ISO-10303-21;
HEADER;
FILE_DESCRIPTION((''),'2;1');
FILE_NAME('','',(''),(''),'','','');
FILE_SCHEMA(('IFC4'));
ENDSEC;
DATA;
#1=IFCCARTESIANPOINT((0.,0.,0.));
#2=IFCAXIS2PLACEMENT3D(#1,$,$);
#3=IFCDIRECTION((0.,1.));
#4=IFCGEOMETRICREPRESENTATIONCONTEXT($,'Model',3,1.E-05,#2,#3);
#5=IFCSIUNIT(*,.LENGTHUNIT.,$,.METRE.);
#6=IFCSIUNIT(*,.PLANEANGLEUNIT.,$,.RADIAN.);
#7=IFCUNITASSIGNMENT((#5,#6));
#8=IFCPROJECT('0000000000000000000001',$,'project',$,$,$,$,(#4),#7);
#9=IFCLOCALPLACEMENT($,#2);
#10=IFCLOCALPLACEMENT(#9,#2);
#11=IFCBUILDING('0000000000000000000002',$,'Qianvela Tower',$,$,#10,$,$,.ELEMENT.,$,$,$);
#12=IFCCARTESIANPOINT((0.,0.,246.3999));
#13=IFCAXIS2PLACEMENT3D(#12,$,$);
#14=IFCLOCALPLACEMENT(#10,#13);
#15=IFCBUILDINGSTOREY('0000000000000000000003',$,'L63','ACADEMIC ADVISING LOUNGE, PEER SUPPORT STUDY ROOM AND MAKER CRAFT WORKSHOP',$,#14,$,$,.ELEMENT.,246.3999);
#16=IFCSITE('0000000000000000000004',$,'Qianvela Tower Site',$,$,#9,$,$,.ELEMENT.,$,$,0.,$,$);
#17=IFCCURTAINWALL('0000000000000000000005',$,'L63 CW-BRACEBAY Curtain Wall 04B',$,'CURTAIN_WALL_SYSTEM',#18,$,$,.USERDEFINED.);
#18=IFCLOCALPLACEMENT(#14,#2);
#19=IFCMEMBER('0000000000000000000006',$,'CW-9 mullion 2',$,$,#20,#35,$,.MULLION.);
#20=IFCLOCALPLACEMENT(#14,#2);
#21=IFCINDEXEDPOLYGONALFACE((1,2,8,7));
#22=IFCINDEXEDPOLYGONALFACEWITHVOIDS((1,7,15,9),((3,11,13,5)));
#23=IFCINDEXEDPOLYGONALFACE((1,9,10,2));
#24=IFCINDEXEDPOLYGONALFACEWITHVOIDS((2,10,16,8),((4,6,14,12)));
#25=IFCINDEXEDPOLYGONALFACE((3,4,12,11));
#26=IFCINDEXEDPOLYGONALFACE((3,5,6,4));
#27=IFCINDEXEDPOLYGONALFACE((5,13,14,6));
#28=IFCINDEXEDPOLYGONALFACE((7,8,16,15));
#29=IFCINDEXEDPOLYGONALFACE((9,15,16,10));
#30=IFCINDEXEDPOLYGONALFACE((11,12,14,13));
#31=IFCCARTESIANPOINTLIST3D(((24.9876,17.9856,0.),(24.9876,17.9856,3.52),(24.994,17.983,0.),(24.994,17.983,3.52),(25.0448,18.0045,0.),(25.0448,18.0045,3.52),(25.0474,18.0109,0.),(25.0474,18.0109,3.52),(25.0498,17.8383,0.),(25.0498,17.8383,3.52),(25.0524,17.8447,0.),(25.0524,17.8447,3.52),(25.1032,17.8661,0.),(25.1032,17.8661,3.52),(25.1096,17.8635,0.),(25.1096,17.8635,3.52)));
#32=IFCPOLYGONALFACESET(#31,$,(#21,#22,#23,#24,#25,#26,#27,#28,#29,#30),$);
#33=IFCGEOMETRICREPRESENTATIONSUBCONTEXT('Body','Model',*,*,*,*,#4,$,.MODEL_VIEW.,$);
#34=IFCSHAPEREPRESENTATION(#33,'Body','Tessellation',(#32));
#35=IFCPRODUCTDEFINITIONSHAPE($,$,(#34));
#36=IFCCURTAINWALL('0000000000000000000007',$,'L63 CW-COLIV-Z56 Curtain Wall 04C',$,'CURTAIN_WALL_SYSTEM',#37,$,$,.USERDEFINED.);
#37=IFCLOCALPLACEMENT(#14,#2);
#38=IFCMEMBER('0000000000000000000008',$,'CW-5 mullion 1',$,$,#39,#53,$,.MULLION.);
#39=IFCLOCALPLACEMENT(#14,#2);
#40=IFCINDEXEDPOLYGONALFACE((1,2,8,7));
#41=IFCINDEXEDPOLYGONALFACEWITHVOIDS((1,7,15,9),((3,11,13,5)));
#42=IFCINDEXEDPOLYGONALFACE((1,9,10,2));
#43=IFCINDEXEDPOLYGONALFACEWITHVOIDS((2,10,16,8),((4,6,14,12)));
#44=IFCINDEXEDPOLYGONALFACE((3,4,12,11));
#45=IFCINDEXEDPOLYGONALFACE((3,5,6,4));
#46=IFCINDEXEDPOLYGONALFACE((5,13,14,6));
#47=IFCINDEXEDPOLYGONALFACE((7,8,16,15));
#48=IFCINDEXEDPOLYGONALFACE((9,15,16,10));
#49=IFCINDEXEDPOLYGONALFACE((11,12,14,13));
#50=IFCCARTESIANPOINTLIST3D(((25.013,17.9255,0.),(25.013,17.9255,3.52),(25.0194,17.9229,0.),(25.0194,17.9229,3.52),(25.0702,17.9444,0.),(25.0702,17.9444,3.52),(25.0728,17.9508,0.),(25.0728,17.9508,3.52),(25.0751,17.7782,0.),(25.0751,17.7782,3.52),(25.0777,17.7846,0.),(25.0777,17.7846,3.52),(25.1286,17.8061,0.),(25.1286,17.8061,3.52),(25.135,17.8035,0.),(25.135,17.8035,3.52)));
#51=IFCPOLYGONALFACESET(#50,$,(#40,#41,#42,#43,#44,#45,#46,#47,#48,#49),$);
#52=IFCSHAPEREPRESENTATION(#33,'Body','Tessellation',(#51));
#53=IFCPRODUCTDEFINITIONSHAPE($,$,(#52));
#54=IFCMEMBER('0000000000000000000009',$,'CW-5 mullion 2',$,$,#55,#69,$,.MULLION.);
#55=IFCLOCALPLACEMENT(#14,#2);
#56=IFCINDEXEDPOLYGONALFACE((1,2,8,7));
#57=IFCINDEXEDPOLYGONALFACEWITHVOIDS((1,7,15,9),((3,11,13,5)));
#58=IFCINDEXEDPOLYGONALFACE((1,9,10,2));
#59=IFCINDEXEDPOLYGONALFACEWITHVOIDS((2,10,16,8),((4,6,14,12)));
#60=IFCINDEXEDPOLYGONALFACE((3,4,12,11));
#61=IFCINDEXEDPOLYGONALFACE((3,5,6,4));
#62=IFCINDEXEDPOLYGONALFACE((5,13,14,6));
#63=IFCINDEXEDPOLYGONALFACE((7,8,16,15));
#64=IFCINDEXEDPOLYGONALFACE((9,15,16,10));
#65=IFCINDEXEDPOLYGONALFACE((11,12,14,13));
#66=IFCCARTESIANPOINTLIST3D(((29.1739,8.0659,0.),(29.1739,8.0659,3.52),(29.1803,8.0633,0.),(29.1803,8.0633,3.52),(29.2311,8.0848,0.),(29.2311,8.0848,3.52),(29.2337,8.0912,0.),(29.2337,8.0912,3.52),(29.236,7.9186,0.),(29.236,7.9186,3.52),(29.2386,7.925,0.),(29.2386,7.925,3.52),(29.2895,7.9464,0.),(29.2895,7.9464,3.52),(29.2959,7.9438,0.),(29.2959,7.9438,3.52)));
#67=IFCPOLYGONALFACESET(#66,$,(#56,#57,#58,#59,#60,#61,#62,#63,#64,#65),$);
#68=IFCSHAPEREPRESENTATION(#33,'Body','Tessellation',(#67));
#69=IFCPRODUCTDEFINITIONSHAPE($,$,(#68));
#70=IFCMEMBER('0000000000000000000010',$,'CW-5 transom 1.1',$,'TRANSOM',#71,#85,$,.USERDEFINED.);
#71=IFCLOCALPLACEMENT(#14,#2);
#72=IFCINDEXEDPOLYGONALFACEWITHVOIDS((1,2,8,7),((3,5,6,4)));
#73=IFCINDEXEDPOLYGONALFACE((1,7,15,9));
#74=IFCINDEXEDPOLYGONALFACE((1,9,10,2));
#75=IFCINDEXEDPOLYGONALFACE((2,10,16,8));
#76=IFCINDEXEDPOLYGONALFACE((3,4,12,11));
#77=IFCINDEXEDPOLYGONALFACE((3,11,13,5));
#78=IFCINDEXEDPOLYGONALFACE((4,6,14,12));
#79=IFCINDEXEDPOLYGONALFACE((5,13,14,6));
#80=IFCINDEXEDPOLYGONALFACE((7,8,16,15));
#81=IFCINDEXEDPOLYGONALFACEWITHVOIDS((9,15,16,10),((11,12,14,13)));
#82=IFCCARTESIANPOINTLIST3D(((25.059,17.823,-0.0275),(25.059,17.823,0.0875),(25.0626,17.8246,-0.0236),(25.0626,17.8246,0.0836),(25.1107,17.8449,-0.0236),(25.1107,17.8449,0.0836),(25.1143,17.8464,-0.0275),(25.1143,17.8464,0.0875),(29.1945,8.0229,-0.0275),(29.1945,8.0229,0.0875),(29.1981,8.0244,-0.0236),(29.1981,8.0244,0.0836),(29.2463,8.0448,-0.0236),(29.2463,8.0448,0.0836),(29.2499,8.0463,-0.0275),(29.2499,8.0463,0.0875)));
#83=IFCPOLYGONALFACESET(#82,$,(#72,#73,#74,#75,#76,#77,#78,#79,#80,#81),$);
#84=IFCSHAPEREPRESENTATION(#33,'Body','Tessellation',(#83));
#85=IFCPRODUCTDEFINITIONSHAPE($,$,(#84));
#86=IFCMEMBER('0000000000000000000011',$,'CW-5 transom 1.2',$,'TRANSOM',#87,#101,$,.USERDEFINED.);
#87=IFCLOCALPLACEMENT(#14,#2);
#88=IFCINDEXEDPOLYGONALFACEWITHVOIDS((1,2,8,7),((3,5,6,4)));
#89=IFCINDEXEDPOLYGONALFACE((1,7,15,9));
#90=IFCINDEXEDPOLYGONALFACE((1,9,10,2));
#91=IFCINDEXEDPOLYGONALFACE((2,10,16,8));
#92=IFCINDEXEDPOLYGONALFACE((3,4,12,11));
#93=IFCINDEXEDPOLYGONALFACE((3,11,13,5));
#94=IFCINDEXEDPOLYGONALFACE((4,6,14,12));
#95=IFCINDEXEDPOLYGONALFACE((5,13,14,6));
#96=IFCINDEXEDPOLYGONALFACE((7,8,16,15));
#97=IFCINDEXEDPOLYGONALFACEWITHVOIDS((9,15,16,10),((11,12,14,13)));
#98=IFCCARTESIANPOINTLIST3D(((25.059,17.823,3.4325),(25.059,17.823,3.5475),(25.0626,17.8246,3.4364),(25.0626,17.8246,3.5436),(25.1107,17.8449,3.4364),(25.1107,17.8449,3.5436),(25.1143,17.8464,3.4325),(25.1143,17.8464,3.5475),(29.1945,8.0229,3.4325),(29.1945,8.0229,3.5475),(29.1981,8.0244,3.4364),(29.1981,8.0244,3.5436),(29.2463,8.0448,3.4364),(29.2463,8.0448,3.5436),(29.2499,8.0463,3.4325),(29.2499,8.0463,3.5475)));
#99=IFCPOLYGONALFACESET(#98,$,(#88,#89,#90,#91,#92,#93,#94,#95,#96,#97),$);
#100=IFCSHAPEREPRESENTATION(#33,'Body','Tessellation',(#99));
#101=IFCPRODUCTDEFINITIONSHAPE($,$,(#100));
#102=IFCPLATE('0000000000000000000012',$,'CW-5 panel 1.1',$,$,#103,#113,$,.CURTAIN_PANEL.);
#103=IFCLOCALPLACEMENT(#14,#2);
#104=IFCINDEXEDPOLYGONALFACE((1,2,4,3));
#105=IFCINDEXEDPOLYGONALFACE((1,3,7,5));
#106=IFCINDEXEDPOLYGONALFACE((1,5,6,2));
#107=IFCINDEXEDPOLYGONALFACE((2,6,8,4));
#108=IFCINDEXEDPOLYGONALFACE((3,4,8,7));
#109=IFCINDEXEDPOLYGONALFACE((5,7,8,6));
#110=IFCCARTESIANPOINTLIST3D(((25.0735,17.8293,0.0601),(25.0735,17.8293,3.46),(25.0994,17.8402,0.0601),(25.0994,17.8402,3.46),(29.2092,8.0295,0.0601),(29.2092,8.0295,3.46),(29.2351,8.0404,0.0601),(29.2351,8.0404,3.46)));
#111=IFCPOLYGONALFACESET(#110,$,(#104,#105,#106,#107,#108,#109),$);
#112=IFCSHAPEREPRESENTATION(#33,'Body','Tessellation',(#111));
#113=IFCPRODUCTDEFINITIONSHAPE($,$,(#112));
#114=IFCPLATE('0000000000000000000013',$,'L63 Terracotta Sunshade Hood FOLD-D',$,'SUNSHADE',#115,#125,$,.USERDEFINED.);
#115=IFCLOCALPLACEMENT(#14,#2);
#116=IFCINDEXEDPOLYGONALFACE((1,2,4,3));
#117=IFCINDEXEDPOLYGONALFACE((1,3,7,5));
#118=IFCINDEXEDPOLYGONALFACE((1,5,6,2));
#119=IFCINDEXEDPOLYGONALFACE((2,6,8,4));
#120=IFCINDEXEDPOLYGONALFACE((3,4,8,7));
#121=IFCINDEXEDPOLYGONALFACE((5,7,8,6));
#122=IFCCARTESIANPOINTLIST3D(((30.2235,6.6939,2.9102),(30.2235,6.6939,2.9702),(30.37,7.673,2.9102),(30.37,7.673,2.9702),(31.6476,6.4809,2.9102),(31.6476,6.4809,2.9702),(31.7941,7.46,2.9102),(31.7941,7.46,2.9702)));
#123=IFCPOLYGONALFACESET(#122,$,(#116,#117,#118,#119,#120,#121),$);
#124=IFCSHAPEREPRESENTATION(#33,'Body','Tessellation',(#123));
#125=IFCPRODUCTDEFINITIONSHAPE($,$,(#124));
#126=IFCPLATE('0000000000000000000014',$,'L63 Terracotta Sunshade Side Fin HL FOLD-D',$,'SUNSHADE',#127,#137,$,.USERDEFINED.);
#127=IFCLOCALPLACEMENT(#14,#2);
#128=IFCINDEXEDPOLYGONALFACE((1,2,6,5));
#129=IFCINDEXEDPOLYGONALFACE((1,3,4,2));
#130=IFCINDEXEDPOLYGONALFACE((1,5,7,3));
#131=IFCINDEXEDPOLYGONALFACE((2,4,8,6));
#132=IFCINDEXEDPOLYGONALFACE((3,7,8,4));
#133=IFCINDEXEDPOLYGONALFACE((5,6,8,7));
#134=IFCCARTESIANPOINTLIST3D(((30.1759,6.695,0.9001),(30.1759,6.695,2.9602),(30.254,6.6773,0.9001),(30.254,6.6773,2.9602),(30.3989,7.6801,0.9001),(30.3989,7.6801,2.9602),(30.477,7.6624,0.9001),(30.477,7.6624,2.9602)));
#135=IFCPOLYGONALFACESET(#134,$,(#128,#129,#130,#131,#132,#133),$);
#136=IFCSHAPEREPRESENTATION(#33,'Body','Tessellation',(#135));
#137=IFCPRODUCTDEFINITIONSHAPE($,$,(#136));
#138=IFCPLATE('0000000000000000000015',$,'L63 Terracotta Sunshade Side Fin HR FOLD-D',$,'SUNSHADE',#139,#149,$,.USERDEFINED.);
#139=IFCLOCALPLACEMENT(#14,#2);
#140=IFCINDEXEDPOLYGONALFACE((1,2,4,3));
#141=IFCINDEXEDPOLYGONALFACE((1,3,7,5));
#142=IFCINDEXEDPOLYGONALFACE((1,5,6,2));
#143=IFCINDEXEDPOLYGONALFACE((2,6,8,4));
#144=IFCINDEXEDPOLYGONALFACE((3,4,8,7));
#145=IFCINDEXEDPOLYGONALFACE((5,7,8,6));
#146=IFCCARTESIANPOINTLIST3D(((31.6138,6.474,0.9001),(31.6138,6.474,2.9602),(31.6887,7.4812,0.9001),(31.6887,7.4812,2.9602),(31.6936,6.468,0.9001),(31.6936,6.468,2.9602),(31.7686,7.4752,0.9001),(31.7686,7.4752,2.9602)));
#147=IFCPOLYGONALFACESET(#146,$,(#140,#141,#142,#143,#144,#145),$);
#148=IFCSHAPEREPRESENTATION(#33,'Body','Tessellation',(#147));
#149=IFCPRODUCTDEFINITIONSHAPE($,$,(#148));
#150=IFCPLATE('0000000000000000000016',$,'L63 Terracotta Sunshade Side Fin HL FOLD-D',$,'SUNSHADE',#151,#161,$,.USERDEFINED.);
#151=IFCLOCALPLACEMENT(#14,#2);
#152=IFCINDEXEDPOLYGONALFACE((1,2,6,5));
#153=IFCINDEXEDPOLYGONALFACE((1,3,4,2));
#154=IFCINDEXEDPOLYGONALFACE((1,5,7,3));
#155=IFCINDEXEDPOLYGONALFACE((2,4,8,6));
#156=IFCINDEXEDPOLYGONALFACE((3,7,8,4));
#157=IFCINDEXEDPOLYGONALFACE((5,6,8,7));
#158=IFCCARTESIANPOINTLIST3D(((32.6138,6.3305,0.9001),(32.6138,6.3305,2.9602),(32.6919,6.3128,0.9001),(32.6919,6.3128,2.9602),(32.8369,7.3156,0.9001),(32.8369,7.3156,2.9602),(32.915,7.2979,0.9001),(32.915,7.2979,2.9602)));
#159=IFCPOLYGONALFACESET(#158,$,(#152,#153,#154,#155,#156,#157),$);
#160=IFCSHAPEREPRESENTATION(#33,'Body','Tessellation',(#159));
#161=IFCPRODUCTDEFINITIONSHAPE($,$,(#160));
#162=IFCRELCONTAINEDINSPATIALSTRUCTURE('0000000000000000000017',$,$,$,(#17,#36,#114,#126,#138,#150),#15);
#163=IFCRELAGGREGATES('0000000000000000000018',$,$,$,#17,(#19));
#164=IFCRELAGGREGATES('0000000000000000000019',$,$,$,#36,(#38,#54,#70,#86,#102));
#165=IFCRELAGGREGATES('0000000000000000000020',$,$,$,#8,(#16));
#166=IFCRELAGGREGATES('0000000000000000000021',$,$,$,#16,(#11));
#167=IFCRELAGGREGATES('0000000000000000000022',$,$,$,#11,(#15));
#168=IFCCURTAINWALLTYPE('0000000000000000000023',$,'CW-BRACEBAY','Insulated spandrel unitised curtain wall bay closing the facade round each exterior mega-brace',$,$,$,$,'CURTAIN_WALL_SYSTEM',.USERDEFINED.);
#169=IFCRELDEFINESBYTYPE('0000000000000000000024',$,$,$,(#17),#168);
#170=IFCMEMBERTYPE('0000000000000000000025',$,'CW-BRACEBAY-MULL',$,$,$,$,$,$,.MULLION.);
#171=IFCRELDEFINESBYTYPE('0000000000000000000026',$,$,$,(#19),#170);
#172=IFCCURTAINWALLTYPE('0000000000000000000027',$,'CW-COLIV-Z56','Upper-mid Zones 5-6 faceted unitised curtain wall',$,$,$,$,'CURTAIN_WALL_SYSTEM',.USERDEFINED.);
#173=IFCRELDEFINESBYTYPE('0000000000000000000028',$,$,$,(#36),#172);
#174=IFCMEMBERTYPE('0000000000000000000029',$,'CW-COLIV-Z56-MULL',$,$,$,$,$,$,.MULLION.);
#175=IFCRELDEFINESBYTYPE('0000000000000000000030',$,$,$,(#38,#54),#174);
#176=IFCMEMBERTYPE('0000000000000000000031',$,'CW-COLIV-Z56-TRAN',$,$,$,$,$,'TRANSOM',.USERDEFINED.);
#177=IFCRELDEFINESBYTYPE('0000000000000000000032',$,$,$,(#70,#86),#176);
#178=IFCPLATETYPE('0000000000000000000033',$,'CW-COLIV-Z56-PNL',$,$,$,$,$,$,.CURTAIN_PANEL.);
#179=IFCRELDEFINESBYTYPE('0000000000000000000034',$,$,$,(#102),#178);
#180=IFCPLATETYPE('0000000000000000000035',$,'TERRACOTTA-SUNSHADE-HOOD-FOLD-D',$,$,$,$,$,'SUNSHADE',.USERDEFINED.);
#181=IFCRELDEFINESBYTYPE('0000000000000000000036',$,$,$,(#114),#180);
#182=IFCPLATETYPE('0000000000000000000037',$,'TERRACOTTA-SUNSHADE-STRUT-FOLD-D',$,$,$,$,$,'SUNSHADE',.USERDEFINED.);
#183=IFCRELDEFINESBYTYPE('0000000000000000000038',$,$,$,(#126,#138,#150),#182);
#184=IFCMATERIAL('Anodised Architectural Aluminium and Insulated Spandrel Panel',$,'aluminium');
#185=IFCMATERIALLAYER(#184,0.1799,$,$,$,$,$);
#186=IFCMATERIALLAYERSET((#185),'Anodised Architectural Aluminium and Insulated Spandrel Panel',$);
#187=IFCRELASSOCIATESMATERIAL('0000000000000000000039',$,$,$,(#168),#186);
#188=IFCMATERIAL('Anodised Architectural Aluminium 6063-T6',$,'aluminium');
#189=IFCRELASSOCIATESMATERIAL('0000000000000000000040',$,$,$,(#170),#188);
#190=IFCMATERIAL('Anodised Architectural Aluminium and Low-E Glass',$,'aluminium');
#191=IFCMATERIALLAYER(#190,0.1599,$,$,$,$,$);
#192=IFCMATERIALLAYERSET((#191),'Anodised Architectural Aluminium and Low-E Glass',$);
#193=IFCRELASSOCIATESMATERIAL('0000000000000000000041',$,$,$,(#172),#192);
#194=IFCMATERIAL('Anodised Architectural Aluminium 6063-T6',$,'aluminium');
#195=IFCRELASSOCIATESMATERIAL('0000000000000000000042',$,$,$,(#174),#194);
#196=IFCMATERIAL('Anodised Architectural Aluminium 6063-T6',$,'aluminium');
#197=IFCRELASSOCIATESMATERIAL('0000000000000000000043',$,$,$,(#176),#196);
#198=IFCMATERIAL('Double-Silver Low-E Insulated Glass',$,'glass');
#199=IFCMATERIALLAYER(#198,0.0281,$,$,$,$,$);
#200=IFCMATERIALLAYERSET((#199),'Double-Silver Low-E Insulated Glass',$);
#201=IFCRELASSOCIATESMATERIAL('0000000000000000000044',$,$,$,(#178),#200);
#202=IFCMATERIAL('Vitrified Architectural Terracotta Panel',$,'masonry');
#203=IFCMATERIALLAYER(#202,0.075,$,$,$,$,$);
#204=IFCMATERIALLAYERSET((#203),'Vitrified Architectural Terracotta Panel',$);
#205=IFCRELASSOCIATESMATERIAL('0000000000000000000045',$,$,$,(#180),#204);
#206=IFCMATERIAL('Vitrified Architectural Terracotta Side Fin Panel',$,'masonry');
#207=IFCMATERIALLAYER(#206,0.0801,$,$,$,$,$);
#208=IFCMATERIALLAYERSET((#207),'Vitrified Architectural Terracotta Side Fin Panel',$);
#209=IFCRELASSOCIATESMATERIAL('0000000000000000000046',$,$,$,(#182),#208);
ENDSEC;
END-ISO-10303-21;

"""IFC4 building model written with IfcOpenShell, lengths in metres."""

from ifc_helpers import new_model, si_unit, direction, frame, origin, origin_2d, place, context, subcontext, project, spatial, rectangle, hollow_rectangle, extrude, material, layer, layer_set, material_profile, profile_set, type_object, element, aggregate, save


model = new_model("IFC4")

# Units and contexts
model_context = context("Model", 3, precision=1e-05, world=origin(), true_north=direction((0.0, 1.0)))
body_context = subcontext(model_context, "Body", "Model", "MODEL_VIEW")
ifc_project = project(units=[si_unit("LENGTHUNIT", "METRE"), si_unit("PLANEANGLEUNIT", "RADIAN")], contexts=[model_context])

# Site, building, storey
site_placement = place(None, origin())
site = spatial("IfcSite", under=ifc_project, at=site_placement, Name="Qianvela Tower Site", CompositionType="ELEMENT", RefElevation=0.0)
building_placement = place(site_placement, origin())
building = spatial("IfcBuilding", under=site, at=building_placement, Name="Qianvela Tower", CompositionType="ELEMENT")
storey_placement = place(building_placement, frame((0.0, 0.0, 246.3999)))
storey = spatial("IfcBuildingStorey", under=building, at=storey_placement, Name="L63", Description="ACADEMIC ADVISING LOUNGE, PEER SUPPORT STUDY ROOM AND MAKER CRAFT WORKSHOP", CompositionType="ELEMENT", Elevation=246.3999)

# Curtain wall, member
ifc_material_1 = material(Name="Anodised Architectural Aluminium and Insulated Spandrel Panel", Category="aluminium")
ifc_layer_1 = layer(ifc_material_1, 0.1799)
ifc_layer_set_1 = layer_set([ifc_layer_1], Name="Anodised Architectural Aluminium and Insulated Spandrel Panel")
curtain_wall_type_1 = type_object("IfcCurtainWallType", Name="CW-BRACEBAY", Description="Insulated spandrel unitised curtain wall bay closing the facade round each exterior mega-brace", ElementType="CURTAIN_WALL_SYSTEM", PredefinedType="USERDEFINED", material=ifc_layer_set_1)
curtain_wall_1_placement = place(storey_placement, origin())
curtain_wall_1 = element("IfcCurtainWall", 1, at=curtain_wall_1_placement, inside=storey, type_object=curtain_wall_type_1, Name="L63 CW-BRACEBAY Curtain Wall 04B", ObjectType="CURTAIN_WALL_SYSTEM", PredefinedType="USERDEFINED")
ifc_material_2 = material(Name="Anodised Architectural Aluminium 6063-T6", Category="aluminium")
ifc_material_profile_1 = material_profile(ifc_material_2, hollow_rectangle(XDim=0.0649, YDim=0.1599, WallThickness=0.0049, at=origin_2d()), Name="ALU-MULL-65x160")
ifc_profile_set_1 = profile_set([ifc_material_profile_1], Name="Anodised Architectural Aluminium 6063-T6")
member_type_1 = type_object("IfcMemberType", Name="CW-BRACEBAY-MULL", PredefinedType="MULLION", material=ifc_profile_set_1)
member_1_placement = place(storey_placement, frame((25.0486, 17.9246, 0.0), z_axis=(0.0, 0.0, 1.0), x_axis=(0.921325, 0.388793, 0.0)))
member_1 = element("IfcMember", 2, at=member_1_placement, type_object=member_type_1, Name="CW-9 mullion 2", PredefinedType="MULLION", context=body_context, shape_type="SweptSolid", body=[
    extrude(hollow_rectangle(XDim=0.0649, YDim=0.1599, WallThickness=0.0049, at=origin_2d()), origin(), (0.0, 0.0, 1.0), 3.52),
])
aggregate(curtain_wall_1, [member_1])

# Curtain wall, members, plate
ifc_material_3 = material(Name="Anodised Architectural Aluminium and Low-E Glass", Category="aluminium")
ifc_layer_2 = layer(ifc_material_3, 0.1599)
ifc_layer_set_2 = layer_set([ifc_layer_2], Name="Anodised Architectural Aluminium and Low-E Glass")
curtain_wall_type_2 = type_object("IfcCurtainWallType", Name="CW-COLIV-Z56", Description="Upper-mid Zones 5-6 faceted unitised curtain wall", ElementType="CURTAIN_WALL_SYSTEM", PredefinedType="USERDEFINED", material=ifc_layer_set_2)
curtain_wall_2_placement = place(storey_placement, origin())
curtain_wall_2 = element("IfcCurtainWall", 3, at=curtain_wall_2_placement, inside=storey, type_object=curtain_wall_type_2, Name="L63 CW-COLIV-Z56 Curtain Wall 04C", ObjectType="CURTAIN_WALL_SYSTEM", PredefinedType="USERDEFINED")
ifc_material_4 = material(Name="Anodised Architectural Aluminium 6063-T6", Category="aluminium")
ifc_material_profile_2 = material_profile(ifc_material_4, hollow_rectangle(XDim=0.0649, YDim=0.1599, WallThickness=0.0049, at=origin_2d()), Name="ALU-MULL-65x160")
ifc_profile_set_2 = profile_set([ifc_material_profile_2], Name="Anodised Architectural Aluminium 6063-T6")
member_type_2 = type_object("IfcMemberType", Name="CW-COLIV-Z56-MULL", PredefinedType="MULLION", material=ifc_profile_set_2)
member_2_placement = place(storey_placement, frame((25.074, 17.8645, 0.0), z_axis=(0.0, 0.0, 1.0), x_axis=(0.921319, 0.388808, 0.0)))
member_2 = element("IfcMember", 4, at=member_2_placement, type_object=member_type_2, Name="CW-5 mullion 1", PredefinedType="MULLION", context=body_context, shape_type="SweptSolid", body=[
    extrude(hollow_rectangle(XDim=0.0649, YDim=0.1599, WallThickness=0.0049, at=origin_2d()), origin(), (0.0, 0.0, 1.0), 3.52),
])
member_3_placement = place(storey_placement, frame((29.2349, 8.0049, 0.0), z_axis=(0.0, 0.0, 1.0), x_axis=(0.921319, 0.388808, 0.0)))
member_3 = element("IfcMember", 5, at=member_3_placement, type_object=member_type_2, Name="CW-5 mullion 2", PredefinedType="MULLION", context=body_context, shape_type="SweptSolid", body=[
    extrude(hollow_rectangle(XDim=0.0649, YDim=0.1599, WallThickness=0.0049, at=origin_2d()), origin(), (0.0, 0.0, 1.0), 3.52),
])
ifc_material_5 = material(Name="Anodised Architectural Aluminium 6063-T6", Category="aluminium")
ifc_material_profile_3 = material_profile(ifc_material_5, hollow_rectangle(XDim=0.0601, YDim=0.115, WallThickness=0.0039, at=origin_2d()), Name="ALU-TRAN-60x115")
ifc_profile_set_3 = profile_set([ifc_material_profile_3], Name="Anodised Architectural Aluminium 6063-T6")
member_type_3 = type_object("IfcMemberType", Name="CW-COLIV-Z56-TRAN", ElementType="TRANSOM", PredefinedType="USERDEFINED", material=ifc_profile_set_3)
member_4_placement = place(storey_placement, frame((25.0867, 17.8347, 0.03), z_axis=(0.388788, -0.921327, 0.0), x_axis=(0.921327, 0.388788, 0.0)))
member_4 = element("IfcMember", 6, at=member_4_placement, type_object=member_type_3, Name="CW-5 transom 1.1", ObjectType="TRANSOM", PredefinedType="USERDEFINED", context=body_context, shape_type="SweptSolid", body=[
    extrude(hollow_rectangle(XDim=0.0601, YDim=0.115, WallThickness=0.0039, at=origin_2d()), origin(), (0.0, 0.0, 1.0), 10.637),
])
member_5_placement = place(storey_placement, frame((25.0867, 17.8347, 3.49), z_axis=(0.388788, -0.921327, 0.0), x_axis=(0.921327, 0.388788, 0.0)))
member_5 = element("IfcMember", 7, at=member_5_placement, type_object=member_type_3, Name="CW-5 transom 1.2", ObjectType="TRANSOM", PredefinedType="USERDEFINED", context=body_context, shape_type="SweptSolid", body=[
    extrude(hollow_rectangle(XDim=0.0601, YDim=0.115, WallThickness=0.0039, at=origin_2d()), origin(), (0.0, 0.0, 1.0), 10.637),
])
ifc_material_6 = material(Name="Double-Silver Low-E Insulated Glass", Category="glass")
ifc_layer_3 = layer(ifc_material_6, 0.0281)
ifc_layer_set_3 = layer_set([ifc_layer_3], Name="Double-Silver Low-E Insulated Glass")
plate_type_1 = type_object("IfcPlateType", Name="CW-COLIV-Z56-PNL", PredefinedType="CURTAIN_PANEL", material=ifc_layer_set_3)
plate_1_placement = place(storey_placement, frame((27.1543, 12.9348, 0.0601), z_axis=(0.0, 0.0, 1.0), x_axis=(0.388808, -0.921319, 0.0)))
plate_1 = element("IfcPlate", 8, at=plate_1_placement, type_object=plate_type_1, Name="CW-5 panel 1.1", PredefinedType="CURTAIN_PANEL", context=body_context, shape_type="SweptSolid", body=[
    extrude(rectangle(XDim=10.6367, YDim=0.0281, at=origin_2d()), origin(), (0.0, 0.0, 1.0), 3.3999),
])
aggregate(curtain_wall_2, [member_2, member_3, member_4, member_5, plate_1])

# Plates
ifc_material_7 = material(Name="Vitrified Architectural Terracotta Panel", Category="masonry")
ifc_layer_4 = layer(ifc_material_7, 0.075)
ifc_layer_set_4 = layer_set([ifc_layer_4], Name="Vitrified Architectural Terracotta Panel")
plate_type_2 = type_object("IfcPlateType", Name="TERRACOTTA-SUNSHADE-HOOD-FOLD-D", ElementType="SUNSHADE", PredefinedType="USERDEFINED", material=ifc_layer_set_4)
plate_2_placement = place(storey_placement, frame((31.0088, 7.0769, 2.9102), z_axis=(0.0, 0.0, 1.0), x_axis=(0.988999, -0.147922, 0.0)))
element("IfcPlate", 9, at=plate_2_placement, inside=storey, type_object=plate_type_2, Name="L63 Terracotta Sunshade Hood FOLD-D", ObjectType="SUNSHADE", PredefinedType="USERDEFINED", context=body_context, shape_type="SweptSolid", body=[
    extrude(rectangle(XDim=1.4399, YDim=0.99, at=origin_2d()), origin(), (0.0, 0.0, 1.0), 0.0601),
])
ifc_material_8 = material(Name="Vitrified Architectural Terracotta Side Fin Panel", Category="masonry")
ifc_layer_5 = layer(ifc_material_8, 0.0801)
ifc_layer_set_5 = layer_set([ifc_layer_5], Name="Vitrified Architectural Terracotta Side Fin Panel")
plate_type_3 = type_object("IfcPlateType", Name="TERRACOTTA-SUNSHADE-STRUT-FOLD-D", ElementType="SUNSHADE", PredefinedType="USERDEFINED", material=ifc_layer_set_5)
for number, where, z_axis, x_axis, name in (
    (10, (30.3264, 7.1787, 0.9001), (0.0, 0.0, 1.0), (0.975317, -0.220808, 0.0), "L63 Terracotta Sunshade Side Fin HL FOLD-D"),
    (11, (31.6912, 6.9746, 0.9001), (0.0, 0.0, 1.0), (0.997242, -0.074222, 0.0), "L63 Terracotta Sunshade Side Fin HR FOLD-D"),
    (12, (32.7644, 6.8142, 0.9001), (0.0, 0.0, 1.0), (0.975317, -0.220808, 0.0), "L63 Terracotta Sunshade Side Fin HL FOLD-D"),
):
    element("IfcPlate", number, at=place(storey_placement, frame(where, z_axis=z_axis, x_axis=x_axis)), inside=storey, type_object=plate_type_3, Name=name, ObjectType="SUNSHADE", PredefinedType="USERDEFINED", context=body_context, shape_type="SweptSolid", body=[
        extrude(rectangle(XDim=0.0801, YDim=1.01, at=origin_2d()), origin(), (0.0, 0.0, 1.0), 2.0601),
    ])

save(model, "model.ifc")
